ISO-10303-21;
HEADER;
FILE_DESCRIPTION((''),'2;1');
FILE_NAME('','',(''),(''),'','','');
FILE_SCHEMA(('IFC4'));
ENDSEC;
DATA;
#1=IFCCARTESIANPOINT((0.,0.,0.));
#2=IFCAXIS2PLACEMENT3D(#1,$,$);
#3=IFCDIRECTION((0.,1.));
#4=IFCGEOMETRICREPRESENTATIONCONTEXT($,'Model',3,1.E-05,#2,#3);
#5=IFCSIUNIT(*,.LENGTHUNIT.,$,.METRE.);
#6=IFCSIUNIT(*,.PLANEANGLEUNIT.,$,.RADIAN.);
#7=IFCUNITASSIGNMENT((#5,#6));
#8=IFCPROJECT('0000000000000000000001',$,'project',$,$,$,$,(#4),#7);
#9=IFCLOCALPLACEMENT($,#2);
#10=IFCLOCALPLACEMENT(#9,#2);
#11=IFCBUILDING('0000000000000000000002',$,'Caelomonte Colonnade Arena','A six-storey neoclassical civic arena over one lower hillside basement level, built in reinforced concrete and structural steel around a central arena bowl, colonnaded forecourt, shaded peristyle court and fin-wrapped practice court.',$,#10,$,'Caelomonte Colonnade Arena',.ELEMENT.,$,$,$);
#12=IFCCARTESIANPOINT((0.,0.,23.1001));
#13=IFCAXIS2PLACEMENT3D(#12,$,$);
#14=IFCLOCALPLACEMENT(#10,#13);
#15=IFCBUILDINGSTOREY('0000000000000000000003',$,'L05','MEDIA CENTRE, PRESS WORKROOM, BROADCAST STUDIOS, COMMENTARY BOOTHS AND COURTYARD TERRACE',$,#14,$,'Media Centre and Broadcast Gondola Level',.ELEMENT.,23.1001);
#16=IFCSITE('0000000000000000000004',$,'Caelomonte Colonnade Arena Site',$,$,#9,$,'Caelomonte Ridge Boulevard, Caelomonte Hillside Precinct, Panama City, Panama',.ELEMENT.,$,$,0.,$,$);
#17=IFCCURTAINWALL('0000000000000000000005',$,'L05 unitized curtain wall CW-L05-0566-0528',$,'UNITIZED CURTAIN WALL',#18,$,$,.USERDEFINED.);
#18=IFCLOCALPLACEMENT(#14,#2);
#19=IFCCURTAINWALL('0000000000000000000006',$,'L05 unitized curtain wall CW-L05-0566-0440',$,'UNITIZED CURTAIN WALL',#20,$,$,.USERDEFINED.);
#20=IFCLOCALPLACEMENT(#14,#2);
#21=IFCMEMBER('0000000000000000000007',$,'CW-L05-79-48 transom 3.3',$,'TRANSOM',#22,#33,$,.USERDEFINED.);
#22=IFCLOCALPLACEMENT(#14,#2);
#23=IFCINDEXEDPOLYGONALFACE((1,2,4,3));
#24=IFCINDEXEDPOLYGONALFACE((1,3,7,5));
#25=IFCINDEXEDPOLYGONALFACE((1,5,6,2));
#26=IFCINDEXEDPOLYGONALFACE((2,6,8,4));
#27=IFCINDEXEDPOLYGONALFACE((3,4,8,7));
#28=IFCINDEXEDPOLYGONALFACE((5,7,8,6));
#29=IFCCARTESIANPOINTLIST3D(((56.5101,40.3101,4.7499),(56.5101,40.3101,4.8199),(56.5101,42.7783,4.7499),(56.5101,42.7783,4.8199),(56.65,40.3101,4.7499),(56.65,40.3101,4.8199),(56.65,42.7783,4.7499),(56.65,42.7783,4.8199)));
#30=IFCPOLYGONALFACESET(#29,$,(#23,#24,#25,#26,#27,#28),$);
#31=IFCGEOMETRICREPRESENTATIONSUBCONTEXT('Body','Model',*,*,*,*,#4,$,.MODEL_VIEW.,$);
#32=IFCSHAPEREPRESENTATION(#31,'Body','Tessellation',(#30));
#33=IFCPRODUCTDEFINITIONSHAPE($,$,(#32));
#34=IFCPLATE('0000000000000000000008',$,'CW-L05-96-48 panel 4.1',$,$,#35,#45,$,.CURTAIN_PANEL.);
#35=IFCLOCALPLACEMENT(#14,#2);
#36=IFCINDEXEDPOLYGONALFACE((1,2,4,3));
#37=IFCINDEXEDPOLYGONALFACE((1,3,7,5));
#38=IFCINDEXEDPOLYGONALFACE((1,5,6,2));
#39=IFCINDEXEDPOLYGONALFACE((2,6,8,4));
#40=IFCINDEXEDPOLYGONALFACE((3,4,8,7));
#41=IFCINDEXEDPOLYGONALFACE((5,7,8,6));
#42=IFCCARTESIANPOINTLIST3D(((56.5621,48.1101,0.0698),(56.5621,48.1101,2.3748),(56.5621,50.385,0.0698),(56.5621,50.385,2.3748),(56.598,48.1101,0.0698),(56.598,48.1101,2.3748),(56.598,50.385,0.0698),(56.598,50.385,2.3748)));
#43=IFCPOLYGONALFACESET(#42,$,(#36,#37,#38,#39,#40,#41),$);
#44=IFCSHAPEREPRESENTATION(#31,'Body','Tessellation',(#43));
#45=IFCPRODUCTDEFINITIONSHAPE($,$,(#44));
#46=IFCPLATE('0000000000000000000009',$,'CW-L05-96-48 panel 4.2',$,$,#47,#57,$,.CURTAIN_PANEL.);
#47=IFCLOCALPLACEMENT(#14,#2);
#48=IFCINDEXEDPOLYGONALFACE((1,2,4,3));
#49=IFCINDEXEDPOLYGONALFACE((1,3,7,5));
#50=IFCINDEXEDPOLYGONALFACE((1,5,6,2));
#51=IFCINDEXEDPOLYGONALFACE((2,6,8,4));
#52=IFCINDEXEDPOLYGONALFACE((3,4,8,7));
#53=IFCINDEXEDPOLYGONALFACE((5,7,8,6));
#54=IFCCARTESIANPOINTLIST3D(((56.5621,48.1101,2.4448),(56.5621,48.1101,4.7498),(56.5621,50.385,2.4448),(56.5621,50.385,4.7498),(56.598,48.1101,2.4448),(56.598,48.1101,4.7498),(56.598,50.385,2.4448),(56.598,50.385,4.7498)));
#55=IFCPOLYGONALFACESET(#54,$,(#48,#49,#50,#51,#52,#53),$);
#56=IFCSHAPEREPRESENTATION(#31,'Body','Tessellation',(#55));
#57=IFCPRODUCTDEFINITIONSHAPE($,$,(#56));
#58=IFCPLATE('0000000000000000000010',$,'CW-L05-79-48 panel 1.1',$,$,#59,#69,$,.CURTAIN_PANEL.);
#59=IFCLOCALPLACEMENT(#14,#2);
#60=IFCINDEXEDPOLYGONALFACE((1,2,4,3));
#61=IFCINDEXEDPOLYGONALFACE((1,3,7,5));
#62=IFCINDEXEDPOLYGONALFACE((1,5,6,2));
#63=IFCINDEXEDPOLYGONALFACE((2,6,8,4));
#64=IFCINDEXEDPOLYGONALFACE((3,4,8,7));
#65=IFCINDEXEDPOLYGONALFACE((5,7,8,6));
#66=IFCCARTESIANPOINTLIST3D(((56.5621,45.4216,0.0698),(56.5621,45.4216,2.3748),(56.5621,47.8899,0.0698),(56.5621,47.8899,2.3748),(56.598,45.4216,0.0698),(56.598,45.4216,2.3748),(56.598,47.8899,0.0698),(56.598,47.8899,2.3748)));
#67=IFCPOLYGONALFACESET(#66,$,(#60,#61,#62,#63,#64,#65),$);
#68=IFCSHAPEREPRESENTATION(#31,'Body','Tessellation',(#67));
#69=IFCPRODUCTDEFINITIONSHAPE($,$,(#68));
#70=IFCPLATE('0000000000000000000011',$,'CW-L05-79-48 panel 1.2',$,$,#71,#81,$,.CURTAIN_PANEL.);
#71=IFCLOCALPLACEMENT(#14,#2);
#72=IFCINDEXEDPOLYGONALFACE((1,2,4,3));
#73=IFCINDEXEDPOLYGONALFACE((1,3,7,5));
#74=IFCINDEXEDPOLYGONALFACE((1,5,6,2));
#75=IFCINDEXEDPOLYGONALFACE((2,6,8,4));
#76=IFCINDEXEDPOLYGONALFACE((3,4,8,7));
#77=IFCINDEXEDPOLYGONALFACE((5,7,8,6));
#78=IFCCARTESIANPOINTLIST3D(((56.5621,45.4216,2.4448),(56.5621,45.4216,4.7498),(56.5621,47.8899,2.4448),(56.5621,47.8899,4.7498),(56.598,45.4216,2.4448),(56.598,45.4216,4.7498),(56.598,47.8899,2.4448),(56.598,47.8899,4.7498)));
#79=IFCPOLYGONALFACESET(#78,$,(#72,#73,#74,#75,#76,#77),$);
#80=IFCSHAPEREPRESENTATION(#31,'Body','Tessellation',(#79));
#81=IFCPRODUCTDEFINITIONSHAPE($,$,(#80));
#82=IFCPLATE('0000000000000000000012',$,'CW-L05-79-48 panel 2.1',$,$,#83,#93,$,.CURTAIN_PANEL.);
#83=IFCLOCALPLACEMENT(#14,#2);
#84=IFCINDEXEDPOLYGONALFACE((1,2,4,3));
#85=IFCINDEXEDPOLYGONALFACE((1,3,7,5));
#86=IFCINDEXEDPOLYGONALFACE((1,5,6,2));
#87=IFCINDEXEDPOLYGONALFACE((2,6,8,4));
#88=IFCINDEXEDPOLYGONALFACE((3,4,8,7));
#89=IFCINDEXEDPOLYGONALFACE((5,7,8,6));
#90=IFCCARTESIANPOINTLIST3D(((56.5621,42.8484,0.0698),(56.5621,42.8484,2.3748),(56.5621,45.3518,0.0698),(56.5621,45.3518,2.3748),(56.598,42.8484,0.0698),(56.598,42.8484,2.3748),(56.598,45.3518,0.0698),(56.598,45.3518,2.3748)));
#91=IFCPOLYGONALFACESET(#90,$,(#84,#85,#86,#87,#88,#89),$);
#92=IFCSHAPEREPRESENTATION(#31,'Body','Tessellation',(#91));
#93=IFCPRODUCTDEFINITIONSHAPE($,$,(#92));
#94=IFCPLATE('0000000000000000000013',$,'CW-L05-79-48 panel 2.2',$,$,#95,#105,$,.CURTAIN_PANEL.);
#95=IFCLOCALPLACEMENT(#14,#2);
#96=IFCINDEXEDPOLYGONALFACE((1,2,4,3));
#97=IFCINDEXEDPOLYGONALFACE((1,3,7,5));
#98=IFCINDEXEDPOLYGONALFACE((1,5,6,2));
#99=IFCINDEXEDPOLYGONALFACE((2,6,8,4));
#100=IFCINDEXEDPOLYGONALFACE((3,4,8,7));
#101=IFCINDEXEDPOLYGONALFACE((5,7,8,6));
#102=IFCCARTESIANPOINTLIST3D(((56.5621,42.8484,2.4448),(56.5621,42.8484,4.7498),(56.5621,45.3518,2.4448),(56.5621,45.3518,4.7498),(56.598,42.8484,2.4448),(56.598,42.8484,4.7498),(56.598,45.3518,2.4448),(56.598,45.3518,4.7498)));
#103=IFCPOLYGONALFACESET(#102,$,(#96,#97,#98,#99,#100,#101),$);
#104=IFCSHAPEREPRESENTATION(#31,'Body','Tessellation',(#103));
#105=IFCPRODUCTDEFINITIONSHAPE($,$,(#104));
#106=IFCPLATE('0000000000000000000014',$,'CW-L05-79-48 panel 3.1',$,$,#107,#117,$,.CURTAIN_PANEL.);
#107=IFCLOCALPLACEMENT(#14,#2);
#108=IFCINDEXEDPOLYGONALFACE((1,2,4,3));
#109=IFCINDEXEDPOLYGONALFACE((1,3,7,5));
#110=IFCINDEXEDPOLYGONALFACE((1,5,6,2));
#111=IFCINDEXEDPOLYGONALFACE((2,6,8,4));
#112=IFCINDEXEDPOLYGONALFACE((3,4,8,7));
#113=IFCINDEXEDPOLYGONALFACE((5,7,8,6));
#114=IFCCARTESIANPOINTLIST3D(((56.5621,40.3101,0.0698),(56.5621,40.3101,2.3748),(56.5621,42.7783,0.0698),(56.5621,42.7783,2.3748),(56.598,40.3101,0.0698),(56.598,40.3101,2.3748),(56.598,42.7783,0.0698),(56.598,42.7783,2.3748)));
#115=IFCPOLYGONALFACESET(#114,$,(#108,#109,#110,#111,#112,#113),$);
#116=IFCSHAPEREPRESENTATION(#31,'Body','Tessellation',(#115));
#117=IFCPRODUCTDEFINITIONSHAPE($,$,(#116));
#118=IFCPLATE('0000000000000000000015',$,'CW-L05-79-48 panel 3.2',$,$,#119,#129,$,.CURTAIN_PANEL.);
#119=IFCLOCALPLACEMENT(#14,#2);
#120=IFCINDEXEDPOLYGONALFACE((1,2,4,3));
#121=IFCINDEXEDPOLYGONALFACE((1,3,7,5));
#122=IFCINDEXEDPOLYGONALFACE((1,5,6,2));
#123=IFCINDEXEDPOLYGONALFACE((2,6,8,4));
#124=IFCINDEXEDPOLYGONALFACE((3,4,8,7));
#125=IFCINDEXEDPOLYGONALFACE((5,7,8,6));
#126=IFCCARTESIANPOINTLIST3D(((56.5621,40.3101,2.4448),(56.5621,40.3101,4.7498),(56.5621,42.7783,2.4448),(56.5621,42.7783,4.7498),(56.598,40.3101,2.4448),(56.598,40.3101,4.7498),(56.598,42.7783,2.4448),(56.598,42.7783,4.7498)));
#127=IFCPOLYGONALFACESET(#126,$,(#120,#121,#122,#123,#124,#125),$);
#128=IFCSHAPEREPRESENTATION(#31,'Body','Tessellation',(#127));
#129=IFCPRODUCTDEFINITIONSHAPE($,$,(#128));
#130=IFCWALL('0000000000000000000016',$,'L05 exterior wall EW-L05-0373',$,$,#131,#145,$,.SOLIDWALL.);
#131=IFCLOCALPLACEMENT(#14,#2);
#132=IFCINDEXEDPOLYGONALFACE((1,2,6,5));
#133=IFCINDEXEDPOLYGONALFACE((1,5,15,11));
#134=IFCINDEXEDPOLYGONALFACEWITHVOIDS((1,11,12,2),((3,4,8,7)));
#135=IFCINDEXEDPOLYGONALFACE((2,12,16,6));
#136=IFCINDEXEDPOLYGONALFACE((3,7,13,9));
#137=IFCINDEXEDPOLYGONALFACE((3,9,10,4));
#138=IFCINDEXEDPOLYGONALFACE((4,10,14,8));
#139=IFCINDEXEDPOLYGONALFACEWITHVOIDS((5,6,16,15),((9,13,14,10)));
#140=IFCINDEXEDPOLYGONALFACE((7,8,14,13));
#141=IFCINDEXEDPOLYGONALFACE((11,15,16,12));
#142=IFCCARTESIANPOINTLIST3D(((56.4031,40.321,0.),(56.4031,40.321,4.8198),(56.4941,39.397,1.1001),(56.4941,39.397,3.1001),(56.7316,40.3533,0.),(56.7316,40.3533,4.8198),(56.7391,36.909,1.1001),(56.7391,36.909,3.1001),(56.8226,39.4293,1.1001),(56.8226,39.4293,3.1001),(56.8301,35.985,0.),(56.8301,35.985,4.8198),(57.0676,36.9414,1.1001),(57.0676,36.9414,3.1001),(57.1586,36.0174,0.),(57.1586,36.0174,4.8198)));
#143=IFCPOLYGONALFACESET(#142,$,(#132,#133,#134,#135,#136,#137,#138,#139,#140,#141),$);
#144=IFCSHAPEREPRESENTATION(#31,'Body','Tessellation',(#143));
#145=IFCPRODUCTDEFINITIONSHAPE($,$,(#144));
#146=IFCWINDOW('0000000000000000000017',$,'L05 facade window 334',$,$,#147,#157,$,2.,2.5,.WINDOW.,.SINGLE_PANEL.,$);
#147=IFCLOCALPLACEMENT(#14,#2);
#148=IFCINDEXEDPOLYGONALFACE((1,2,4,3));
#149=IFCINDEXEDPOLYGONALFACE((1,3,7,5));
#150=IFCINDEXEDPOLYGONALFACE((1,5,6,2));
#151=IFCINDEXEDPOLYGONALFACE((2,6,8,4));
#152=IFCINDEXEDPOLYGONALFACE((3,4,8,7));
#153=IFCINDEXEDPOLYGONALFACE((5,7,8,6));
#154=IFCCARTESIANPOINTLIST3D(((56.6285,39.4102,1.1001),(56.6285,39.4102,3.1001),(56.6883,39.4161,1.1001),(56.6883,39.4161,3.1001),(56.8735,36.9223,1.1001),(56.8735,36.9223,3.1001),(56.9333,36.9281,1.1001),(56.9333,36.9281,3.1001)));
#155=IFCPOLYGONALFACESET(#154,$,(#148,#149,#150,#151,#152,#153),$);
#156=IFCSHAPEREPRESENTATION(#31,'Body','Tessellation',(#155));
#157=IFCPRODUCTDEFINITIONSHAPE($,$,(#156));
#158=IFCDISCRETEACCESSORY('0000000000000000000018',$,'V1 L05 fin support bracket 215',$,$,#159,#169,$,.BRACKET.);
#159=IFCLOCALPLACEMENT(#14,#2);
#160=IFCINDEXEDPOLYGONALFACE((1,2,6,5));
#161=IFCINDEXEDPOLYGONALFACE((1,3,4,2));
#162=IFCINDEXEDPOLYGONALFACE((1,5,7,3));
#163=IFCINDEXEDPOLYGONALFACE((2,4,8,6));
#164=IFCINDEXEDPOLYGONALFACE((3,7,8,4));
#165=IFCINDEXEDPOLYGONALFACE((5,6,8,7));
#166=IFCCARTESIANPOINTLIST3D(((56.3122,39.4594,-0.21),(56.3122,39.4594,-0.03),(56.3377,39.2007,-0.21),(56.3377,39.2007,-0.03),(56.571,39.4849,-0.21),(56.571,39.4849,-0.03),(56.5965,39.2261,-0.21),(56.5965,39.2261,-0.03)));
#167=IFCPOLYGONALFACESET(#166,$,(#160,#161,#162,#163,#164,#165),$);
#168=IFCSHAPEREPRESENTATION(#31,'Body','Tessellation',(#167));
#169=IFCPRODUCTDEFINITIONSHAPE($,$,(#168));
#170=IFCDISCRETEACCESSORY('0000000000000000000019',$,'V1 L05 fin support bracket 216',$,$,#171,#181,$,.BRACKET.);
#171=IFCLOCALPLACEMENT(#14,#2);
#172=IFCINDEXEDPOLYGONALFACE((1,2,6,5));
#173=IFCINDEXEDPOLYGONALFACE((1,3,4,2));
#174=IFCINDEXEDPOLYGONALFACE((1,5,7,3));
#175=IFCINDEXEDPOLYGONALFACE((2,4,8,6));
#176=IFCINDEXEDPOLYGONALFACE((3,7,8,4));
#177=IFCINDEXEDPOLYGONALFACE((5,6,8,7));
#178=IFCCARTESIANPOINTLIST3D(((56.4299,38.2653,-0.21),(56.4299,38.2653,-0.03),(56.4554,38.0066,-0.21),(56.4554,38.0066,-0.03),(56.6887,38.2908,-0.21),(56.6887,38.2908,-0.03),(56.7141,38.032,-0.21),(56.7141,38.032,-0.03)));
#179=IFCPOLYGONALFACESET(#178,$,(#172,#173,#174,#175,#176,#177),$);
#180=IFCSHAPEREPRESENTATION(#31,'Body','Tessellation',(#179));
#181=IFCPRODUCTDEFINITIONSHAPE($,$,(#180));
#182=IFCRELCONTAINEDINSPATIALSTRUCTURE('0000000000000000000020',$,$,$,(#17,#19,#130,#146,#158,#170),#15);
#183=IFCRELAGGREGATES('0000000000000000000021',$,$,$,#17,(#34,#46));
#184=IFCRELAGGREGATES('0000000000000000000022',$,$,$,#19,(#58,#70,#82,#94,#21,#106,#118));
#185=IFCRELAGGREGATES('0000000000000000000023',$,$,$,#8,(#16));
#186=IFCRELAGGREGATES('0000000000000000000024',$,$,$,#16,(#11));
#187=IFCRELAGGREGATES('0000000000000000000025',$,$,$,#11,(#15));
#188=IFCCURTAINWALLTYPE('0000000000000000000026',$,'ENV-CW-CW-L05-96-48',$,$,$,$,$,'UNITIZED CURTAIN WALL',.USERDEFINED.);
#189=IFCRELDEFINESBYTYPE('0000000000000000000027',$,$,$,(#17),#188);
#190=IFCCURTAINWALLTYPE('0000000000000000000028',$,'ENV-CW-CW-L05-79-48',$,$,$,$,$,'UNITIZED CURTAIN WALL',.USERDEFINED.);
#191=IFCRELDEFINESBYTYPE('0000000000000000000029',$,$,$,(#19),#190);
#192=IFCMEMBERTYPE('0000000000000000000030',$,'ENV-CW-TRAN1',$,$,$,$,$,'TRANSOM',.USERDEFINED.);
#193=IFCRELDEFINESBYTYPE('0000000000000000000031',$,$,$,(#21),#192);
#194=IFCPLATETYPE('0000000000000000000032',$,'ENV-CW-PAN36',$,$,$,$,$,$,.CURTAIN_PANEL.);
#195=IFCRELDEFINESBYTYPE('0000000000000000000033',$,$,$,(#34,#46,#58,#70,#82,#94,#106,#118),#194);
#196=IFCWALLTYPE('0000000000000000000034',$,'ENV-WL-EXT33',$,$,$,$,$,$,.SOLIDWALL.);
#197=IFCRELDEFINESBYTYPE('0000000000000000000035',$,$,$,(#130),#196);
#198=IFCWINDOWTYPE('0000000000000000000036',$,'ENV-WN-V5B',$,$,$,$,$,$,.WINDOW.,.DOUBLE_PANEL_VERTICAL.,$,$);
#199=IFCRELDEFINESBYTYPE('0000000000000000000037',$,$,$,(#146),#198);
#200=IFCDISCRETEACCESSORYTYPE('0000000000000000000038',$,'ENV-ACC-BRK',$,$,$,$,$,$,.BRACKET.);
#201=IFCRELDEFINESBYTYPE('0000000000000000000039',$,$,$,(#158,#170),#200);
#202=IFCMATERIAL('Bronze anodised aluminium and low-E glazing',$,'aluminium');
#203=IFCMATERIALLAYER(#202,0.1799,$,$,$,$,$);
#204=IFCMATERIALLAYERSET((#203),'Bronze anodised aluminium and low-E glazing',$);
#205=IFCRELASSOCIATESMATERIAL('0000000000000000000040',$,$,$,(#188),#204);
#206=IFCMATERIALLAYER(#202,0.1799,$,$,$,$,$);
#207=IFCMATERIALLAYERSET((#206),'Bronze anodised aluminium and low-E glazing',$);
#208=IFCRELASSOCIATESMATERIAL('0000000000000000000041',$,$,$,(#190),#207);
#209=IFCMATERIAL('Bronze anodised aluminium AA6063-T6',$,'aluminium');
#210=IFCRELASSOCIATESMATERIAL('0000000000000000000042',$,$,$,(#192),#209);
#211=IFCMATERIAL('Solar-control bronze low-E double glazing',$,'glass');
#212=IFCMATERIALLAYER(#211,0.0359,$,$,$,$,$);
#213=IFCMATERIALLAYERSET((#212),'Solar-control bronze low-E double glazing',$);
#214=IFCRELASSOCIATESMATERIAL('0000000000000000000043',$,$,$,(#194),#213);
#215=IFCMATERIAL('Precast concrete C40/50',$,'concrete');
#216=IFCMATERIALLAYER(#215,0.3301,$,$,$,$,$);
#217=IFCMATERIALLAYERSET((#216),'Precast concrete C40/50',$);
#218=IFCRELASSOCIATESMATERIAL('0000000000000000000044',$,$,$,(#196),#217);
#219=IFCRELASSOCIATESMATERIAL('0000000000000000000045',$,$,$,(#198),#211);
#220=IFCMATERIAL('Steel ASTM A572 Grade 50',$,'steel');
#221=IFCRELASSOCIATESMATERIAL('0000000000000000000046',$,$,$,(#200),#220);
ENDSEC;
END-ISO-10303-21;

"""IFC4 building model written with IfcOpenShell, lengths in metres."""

from ifc_helpers import new_model, si_unit, direction, frame, frame_2d, origin, origin_2d, place, context, subcontext, project, spatial, rectangle, extrude, material, layer, layer_set, material_profile, profile_set, type_object, element, fill, aggregate, save


model = new_model("IFC4")

# Units and contexts
model_context = context("Model", 3, precision=1e-05, world=origin(), true_north=direction((0.0, 1.0)))
body_context = subcontext(model_context, "Body", "Model", "MODEL_VIEW")
ifc_project = project(units=[si_unit("LENGTHUNIT", "METRE"), si_unit("PLANEANGLEUNIT", "RADIAN")], contexts=[model_context])

# Site, building, storey
site_placement = place(None, origin())
site = spatial("IfcSite", under=ifc_project, at=site_placement, Name="Caelomonte Colonnade Arena Site", LongName="Caelomonte Ridge Boulevard, Caelomonte Hillside Precinct, Panama City, Panama", CompositionType="ELEMENT", RefElevation=0.0)
building_placement = place(site_placement, origin())
building = spatial("IfcBuilding", under=site, at=building_placement, Name="Caelomonte Colonnade Arena", Description="A six-storey neoclassical civic arena over one lower hillside basement level, built in reinforced concrete and structural steel around a central arena bowl, colonnaded forecourt, shaded peristyle court and fin-wrapped practice court.", LongName="Caelomonte Colonnade Arena", CompositionType="ELEMENT")
storey_placement = place(building_placement, frame((0.0, 0.0, 23.1001)))
storey = spatial("IfcBuildingStorey", under=building, at=storey_placement, Name="L05", Description="MEDIA CENTRE, PRESS WORKROOM, BROADCAST STUDIOS, COMMENTARY BOOTHS AND COURTYARD TERRACE", LongName="Media Centre and Broadcast Gondola Level", CompositionType="ELEMENT", Elevation=23.1001)

# Curtain wall
ifc_material_1 = material(Name="Bronze anodised aluminium and low-E glazing", Category="aluminium")
ifc_layer_1 = layer(ifc_material_1, 0.1799)
ifc_layer_set_1 = layer_set([ifc_layer_1], Name="Bronze anodised aluminium and low-E glazing")
curtain_wall_type_1 = type_object("IfcCurtainWallType", Name="ENV-CW-CW-L05-96-48", ElementType="UNITIZED CURTAIN WALL", PredefinedType="USERDEFINED", material=ifc_layer_set_1)
curtain_wall_1_placement = place(storey_placement, origin())
curtain_wall_1 = element("IfcCurtainWall", 1, at=curtain_wall_1_placement, inside=storey, type_object=curtain_wall_type_1, Name="L05 unitized curtain wall CW-L05-0566-0528", ObjectType="UNITIZED CURTAIN WALL", PredefinedType="USERDEFINED")
ifc_material_2 = material(Name="Bronze anodised aluminium AA6063-T6", Category="aluminium")

# Curtain wall
ifc_layer_2 = layer(ifc_material_1, 0.1799)
ifc_layer_set_2 = layer_set([ifc_layer_2], Name="Bronze anodised aluminium and low-E glazing")
curtain_wall_type_2 = type_object("IfcCurtainWallType", Name="ENV-CW-CW-L05-79-48", ElementType="UNITIZED CURTAIN WALL", PredefinedType="USERDEFINED", material=ifc_layer_set_2)
curtain_wall_2_placement = place(storey_placement, origin())
curtain_wall_2 = element("IfcCurtainWall", 2, at=curtain_wall_2_placement, inside=storey, type_object=curtain_wall_type_2, Name="L05 unitized curtain wall CW-L05-0566-0440", ObjectType="UNITIZED CURTAIN WALL", PredefinedType="USERDEFINED")

# Member
ifc_material_profile_1 = material_profile(ifc_material_2, rectangle(XDim=0.0701, YDim=0.1399, at=origin_2d()), Name="CWT-70X140")
ifc_profile_set_1 = profile_set([ifc_material_profile_1], Name="Bronze anodised aluminium AA6063-T6")
member_type_1 = type_object("IfcMemberType", Name="ENV-CW-TRAN1", ElementType="TRANSOM", PredefinedType="USERDEFINED", material=ifc_profile_set_1)
member_1_placement = place(storey_placement, frame((56.5801, 42.7783, 4.7849), z_axis=(0.0, -1.0, 0.0), x_axis=(0.0, 0.0, 1.0)))
member_1 = element("IfcMember", 3, at=member_1_placement, type_object=member_type_1, Name="CW-L05-79-48 transom 3.3", ObjectType="TRANSOM", PredefinedType="USERDEFINED", context=body_context, shape_type="SweptSolid", body=[
    extrude(rectangle(XDim=0.0701, YDim=0.1399, at=origin_2d()), origin(), (0.0, 0.0, 1.0), 2.4683),
])

# Plates
ifc_material_3 = material(Name="Solar-control bronze low-E double glazing", Category="glass")
ifc_layer_3 = layer(ifc_material_3, 0.0359)
ifc_layer_set_3 = layer_set([ifc_layer_3], Name="Solar-control bronze low-E double glazing")
plate_type = type_object("IfcPlateType", Name="ENV-CW-PAN36", PredefinedType="CURTAIN_PANEL", material=ifc_layer_set_3)
plate_1_placement = place(storey_placement, frame((56.5801, 49.2476, 0.0698), z_axis=(0.0, 0.0, 1.0), x_axis=(0.0, -1.0, 0.0)))
plate_1 = element("IfcPlate", 4, at=plate_1_placement, type_object=plate_type, Name="CW-L05-96-48 panel 4.1", PredefinedType="CURTAIN_PANEL", context=body_context, shape_type="SweptSolid", body=[
    extrude(rectangle(XDim=2.2749, YDim=0.0359, at=origin_2d()), origin(), (0.0, 0.0, 1.0), 2.3049),
])
plate_2_placement = place(storey_placement, frame((56.5801, 49.2476, 2.4448), z_axis=(0.0, 0.0, 1.0), x_axis=(0.0, -1.0, 0.0)))
plate_2 = element("IfcPlate", 5, at=plate_2_placement, type_object=plate_type, Name="CW-L05-96-48 panel 4.2", PredefinedType="CURTAIN_PANEL", context=body_context, shape_type="SweptSolid", body=[
    extrude(rectangle(XDim=2.2749, YDim=0.0359, at=origin_2d()), origin(), (0.0, 0.0, 1.0), 2.3049),
])
aggregate(curtain_wall_1, [plate_1, plate_2])
plate_3_placement = place(storey_placement, frame((56.5801, 46.6558, 0.0698), z_axis=(0.0, 0.0, 1.0), x_axis=(0.0, -1.0, 0.0)))
plate_3 = element("IfcPlate", 6, at=plate_3_placement, type_object=plate_type, Name="CW-L05-79-48 panel 1.1", PredefinedType="CURTAIN_PANEL", context=body_context, shape_type="SweptSolid", body=[
    extrude(rectangle(XDim=2.4683, YDim=0.0359, at=origin_2d()), origin(), (0.0, 0.0, 1.0), 2.3049),
])
plate_4_placement = place(storey_placement, frame((56.5801, 46.6558, 2.4448), z_axis=(0.0, 0.0, 1.0), x_axis=(0.0, -1.0, 0.0)))
plate_4 = element("IfcPlate", 7, at=plate_4_placement, type_object=plate_type, Name="CW-L05-79-48 panel 1.2", PredefinedType="CURTAIN_PANEL", context=body_context, shape_type="SweptSolid", body=[
    extrude(rectangle(XDim=2.4683, YDim=0.0359, at=origin_2d()), origin(), (0.0, 0.0, 1.0), 2.3049),
])
plate_5_placement = place(storey_placement, frame((56.5801, 44.1001, 0.0698), z_axis=(0.0, 0.0, 1.0), x_axis=(0.0, -1.0, 0.0)))
plate_5 = element("IfcPlate", 8, at=plate_5_placement, type_object=plate_type, Name="CW-L05-79-48 panel 2.1", PredefinedType="CURTAIN_PANEL", context=body_context, shape_type="SweptSolid", body=[
    extrude(rectangle(XDim=2.5034, YDim=0.0359, at=origin_2d()), origin(), (0.0, 0.0, 1.0), 2.3049),
])
plate_6_placement = place(storey_placement, frame((56.5801, 44.1001, 2.4448), z_axis=(0.0, 0.0, 1.0), x_axis=(0.0, -1.0, 0.0)))
plate_6 = element("IfcPlate", 9, at=plate_6_placement, type_object=plate_type, Name="CW-L05-79-48 panel 2.2", PredefinedType="CURTAIN_PANEL", context=body_context, shape_type="SweptSolid", body=[
    extrude(rectangle(XDim=2.5034, YDim=0.0359, at=origin_2d()), origin(), (0.0, 0.0, 1.0), 2.3049),
])
plate_7_placement = place(storey_placement, frame((56.5801, 41.5442, 0.0698), z_axis=(0.0, 0.0, 1.0), x_axis=(0.0, -1.0, 0.0)))
plate_7 = element("IfcPlate", 10, at=plate_7_placement, type_object=plate_type, Name="CW-L05-79-48 panel 3.1", PredefinedType="CURTAIN_PANEL", context=body_context, shape_type="SweptSolid", body=[
    extrude(rectangle(XDim=2.4683, YDim=0.0359, at=origin_2d()), origin(), (0.0, 0.0, 1.0), 2.3049),
])
plate_8_placement = place(storey_placement, frame((56.5801, 41.5442, 2.4448), z_axis=(0.0, 0.0, 1.0), x_axis=(0.0, -1.0, 0.0)))
plate_8 = element("IfcPlate", 11, at=plate_8_placement, type_object=plate_type, Name="CW-L05-79-48 panel 3.2", PredefinedType="CURTAIN_PANEL", context=body_context, shape_type="SweptSolid", body=[
    extrude(rectangle(XDim=2.4683, YDim=0.0359, at=origin_2d()), origin(), (0.0, 0.0, 1.0), 2.3049),
])
aggregate(curtain_wall_2, [plate_3, plate_4, plate_5, plate_6, member_1, plate_7, plate_8])

# Wall, opening, window
ifc_material_4 = material(Name="Precast concrete C40/50", Category="concrete")
ifc_layer_4 = layer(ifc_material_4, 0.3301)
ifc_layer_set_4 = layer_set([ifc_layer_4], Name="Precast concrete C40/50")
wall_type = type_object("IfcWallType", Name="ENV-WL-EXT33", PredefinedType="SOLIDWALL", material=ifc_layer_set_4)
wall_placement = place(storey_placement, frame((56.5674, 40.3372, 0.0), z_axis=(0.0, 0.0, 1.0), x_axis=(0.098006, -0.995186, 0.0)))
wall = element("IfcWall", 12, at=wall_placement, inside=storey, type_object=wall_type, Name="L05 exterior wall EW-L05-0373", PredefinedType="SOLIDWALL", context=body_context, shape_type="SweptSolid", body=[
    extrude(rectangle(XDim=4.3569, YDim=0.3301, at=frame_2d((2.1785, 0.0))), origin(), (0.0, 0.0, 1.0), 4.8198),
])
opening_placement = place(wall_placement, frame((3.4285, 0.0, 1.1001), z_axis=(0.0, 0.0, 1.0), x_axis=(-1.0, 0.0, 0.0)))
opening = element("IfcOpeningElement", 13, at=opening_placement, cuts=wall, PredefinedType="OPENING", context=body_context, shape_type="SweptSolid", body=[
    extrude(rectangle(XDim=2.5, YDim=2.0, at=frame_2d((1.25, 1.0))), frame((0.0, 0.175, 0.0), z_axis=(0.0, -1.0, 0.0), x_axis=(1.0, 0.0, 0.0)), (0.0, 0.0, 1.0), 0.3501),
])
window_type = type_object("IfcWindowType", Name="ENV-WN-V5B", PartitioningType="DOUBLE_PANEL_VERTICAL", PredefinedType="WINDOW", material=ifc_material_3)
window_placement = place(opening_placement, origin())
window = element("IfcWindow", 14, at=window_placement, inside=storey, type_object=window_type, Name="L05 facade window 334", OverallHeight=2.0, OverallWidth=2.5, PartitioningType="SINGLE_PANEL", PredefinedType="WINDOW", context=body_context, shape_type="SweptSolid", body=[
    extrude(rectangle(XDim=2.5, YDim=2.0, at=frame_2d((1.25, 1.0))), frame((0.0, 0.03, 0.0), z_axis=(0.0, -1.0, 0.0), x_axis=(1.0, 0.0, 0.0)), (0.0, 0.0, 1.0), 0.0601),
])
fill(opening, window)

# Discrete accessories
ifc_material_5 = material(Name="Steel ASTM A572 Grade 50", Category="steel")
discrete_accessory_type = type_object("IfcDiscreteAccessoryType", Name="ENV-ACC-BRK", PredefinedType="BRACKET", material=ifc_material_5)
for number, where, z_axis, x_axis, name in (
    (15, (56.4543, 39.3428, -0.21), (0.0, 0.0, 1.0), (0.098015, -0.995185, 0.0), "V1 L05 fin support bracket 215"),
    (16, (56.572, 38.1487, -0.21), (0.0, 0.0, 1.0), (0.098015, -0.995185, 0.0), "V1 L05 fin support bracket 216"),
):
    element("IfcDiscreteAccessory", number, at=place(storey_placement, frame(where, z_axis=z_axis, x_axis=x_axis)), inside=storey, type_object=discrete_accessory_type, Name=name, PredefinedType="BRACKET", context=body_context, shape_type="SweptSolid", body=[
        extrude(rectangle(XDim=0.26, YDim=0.26, at=origin_2d()), origin(), (0.0, 0.0, 1.0), 0.1799),
    ])

save(model, "model.ifc")
